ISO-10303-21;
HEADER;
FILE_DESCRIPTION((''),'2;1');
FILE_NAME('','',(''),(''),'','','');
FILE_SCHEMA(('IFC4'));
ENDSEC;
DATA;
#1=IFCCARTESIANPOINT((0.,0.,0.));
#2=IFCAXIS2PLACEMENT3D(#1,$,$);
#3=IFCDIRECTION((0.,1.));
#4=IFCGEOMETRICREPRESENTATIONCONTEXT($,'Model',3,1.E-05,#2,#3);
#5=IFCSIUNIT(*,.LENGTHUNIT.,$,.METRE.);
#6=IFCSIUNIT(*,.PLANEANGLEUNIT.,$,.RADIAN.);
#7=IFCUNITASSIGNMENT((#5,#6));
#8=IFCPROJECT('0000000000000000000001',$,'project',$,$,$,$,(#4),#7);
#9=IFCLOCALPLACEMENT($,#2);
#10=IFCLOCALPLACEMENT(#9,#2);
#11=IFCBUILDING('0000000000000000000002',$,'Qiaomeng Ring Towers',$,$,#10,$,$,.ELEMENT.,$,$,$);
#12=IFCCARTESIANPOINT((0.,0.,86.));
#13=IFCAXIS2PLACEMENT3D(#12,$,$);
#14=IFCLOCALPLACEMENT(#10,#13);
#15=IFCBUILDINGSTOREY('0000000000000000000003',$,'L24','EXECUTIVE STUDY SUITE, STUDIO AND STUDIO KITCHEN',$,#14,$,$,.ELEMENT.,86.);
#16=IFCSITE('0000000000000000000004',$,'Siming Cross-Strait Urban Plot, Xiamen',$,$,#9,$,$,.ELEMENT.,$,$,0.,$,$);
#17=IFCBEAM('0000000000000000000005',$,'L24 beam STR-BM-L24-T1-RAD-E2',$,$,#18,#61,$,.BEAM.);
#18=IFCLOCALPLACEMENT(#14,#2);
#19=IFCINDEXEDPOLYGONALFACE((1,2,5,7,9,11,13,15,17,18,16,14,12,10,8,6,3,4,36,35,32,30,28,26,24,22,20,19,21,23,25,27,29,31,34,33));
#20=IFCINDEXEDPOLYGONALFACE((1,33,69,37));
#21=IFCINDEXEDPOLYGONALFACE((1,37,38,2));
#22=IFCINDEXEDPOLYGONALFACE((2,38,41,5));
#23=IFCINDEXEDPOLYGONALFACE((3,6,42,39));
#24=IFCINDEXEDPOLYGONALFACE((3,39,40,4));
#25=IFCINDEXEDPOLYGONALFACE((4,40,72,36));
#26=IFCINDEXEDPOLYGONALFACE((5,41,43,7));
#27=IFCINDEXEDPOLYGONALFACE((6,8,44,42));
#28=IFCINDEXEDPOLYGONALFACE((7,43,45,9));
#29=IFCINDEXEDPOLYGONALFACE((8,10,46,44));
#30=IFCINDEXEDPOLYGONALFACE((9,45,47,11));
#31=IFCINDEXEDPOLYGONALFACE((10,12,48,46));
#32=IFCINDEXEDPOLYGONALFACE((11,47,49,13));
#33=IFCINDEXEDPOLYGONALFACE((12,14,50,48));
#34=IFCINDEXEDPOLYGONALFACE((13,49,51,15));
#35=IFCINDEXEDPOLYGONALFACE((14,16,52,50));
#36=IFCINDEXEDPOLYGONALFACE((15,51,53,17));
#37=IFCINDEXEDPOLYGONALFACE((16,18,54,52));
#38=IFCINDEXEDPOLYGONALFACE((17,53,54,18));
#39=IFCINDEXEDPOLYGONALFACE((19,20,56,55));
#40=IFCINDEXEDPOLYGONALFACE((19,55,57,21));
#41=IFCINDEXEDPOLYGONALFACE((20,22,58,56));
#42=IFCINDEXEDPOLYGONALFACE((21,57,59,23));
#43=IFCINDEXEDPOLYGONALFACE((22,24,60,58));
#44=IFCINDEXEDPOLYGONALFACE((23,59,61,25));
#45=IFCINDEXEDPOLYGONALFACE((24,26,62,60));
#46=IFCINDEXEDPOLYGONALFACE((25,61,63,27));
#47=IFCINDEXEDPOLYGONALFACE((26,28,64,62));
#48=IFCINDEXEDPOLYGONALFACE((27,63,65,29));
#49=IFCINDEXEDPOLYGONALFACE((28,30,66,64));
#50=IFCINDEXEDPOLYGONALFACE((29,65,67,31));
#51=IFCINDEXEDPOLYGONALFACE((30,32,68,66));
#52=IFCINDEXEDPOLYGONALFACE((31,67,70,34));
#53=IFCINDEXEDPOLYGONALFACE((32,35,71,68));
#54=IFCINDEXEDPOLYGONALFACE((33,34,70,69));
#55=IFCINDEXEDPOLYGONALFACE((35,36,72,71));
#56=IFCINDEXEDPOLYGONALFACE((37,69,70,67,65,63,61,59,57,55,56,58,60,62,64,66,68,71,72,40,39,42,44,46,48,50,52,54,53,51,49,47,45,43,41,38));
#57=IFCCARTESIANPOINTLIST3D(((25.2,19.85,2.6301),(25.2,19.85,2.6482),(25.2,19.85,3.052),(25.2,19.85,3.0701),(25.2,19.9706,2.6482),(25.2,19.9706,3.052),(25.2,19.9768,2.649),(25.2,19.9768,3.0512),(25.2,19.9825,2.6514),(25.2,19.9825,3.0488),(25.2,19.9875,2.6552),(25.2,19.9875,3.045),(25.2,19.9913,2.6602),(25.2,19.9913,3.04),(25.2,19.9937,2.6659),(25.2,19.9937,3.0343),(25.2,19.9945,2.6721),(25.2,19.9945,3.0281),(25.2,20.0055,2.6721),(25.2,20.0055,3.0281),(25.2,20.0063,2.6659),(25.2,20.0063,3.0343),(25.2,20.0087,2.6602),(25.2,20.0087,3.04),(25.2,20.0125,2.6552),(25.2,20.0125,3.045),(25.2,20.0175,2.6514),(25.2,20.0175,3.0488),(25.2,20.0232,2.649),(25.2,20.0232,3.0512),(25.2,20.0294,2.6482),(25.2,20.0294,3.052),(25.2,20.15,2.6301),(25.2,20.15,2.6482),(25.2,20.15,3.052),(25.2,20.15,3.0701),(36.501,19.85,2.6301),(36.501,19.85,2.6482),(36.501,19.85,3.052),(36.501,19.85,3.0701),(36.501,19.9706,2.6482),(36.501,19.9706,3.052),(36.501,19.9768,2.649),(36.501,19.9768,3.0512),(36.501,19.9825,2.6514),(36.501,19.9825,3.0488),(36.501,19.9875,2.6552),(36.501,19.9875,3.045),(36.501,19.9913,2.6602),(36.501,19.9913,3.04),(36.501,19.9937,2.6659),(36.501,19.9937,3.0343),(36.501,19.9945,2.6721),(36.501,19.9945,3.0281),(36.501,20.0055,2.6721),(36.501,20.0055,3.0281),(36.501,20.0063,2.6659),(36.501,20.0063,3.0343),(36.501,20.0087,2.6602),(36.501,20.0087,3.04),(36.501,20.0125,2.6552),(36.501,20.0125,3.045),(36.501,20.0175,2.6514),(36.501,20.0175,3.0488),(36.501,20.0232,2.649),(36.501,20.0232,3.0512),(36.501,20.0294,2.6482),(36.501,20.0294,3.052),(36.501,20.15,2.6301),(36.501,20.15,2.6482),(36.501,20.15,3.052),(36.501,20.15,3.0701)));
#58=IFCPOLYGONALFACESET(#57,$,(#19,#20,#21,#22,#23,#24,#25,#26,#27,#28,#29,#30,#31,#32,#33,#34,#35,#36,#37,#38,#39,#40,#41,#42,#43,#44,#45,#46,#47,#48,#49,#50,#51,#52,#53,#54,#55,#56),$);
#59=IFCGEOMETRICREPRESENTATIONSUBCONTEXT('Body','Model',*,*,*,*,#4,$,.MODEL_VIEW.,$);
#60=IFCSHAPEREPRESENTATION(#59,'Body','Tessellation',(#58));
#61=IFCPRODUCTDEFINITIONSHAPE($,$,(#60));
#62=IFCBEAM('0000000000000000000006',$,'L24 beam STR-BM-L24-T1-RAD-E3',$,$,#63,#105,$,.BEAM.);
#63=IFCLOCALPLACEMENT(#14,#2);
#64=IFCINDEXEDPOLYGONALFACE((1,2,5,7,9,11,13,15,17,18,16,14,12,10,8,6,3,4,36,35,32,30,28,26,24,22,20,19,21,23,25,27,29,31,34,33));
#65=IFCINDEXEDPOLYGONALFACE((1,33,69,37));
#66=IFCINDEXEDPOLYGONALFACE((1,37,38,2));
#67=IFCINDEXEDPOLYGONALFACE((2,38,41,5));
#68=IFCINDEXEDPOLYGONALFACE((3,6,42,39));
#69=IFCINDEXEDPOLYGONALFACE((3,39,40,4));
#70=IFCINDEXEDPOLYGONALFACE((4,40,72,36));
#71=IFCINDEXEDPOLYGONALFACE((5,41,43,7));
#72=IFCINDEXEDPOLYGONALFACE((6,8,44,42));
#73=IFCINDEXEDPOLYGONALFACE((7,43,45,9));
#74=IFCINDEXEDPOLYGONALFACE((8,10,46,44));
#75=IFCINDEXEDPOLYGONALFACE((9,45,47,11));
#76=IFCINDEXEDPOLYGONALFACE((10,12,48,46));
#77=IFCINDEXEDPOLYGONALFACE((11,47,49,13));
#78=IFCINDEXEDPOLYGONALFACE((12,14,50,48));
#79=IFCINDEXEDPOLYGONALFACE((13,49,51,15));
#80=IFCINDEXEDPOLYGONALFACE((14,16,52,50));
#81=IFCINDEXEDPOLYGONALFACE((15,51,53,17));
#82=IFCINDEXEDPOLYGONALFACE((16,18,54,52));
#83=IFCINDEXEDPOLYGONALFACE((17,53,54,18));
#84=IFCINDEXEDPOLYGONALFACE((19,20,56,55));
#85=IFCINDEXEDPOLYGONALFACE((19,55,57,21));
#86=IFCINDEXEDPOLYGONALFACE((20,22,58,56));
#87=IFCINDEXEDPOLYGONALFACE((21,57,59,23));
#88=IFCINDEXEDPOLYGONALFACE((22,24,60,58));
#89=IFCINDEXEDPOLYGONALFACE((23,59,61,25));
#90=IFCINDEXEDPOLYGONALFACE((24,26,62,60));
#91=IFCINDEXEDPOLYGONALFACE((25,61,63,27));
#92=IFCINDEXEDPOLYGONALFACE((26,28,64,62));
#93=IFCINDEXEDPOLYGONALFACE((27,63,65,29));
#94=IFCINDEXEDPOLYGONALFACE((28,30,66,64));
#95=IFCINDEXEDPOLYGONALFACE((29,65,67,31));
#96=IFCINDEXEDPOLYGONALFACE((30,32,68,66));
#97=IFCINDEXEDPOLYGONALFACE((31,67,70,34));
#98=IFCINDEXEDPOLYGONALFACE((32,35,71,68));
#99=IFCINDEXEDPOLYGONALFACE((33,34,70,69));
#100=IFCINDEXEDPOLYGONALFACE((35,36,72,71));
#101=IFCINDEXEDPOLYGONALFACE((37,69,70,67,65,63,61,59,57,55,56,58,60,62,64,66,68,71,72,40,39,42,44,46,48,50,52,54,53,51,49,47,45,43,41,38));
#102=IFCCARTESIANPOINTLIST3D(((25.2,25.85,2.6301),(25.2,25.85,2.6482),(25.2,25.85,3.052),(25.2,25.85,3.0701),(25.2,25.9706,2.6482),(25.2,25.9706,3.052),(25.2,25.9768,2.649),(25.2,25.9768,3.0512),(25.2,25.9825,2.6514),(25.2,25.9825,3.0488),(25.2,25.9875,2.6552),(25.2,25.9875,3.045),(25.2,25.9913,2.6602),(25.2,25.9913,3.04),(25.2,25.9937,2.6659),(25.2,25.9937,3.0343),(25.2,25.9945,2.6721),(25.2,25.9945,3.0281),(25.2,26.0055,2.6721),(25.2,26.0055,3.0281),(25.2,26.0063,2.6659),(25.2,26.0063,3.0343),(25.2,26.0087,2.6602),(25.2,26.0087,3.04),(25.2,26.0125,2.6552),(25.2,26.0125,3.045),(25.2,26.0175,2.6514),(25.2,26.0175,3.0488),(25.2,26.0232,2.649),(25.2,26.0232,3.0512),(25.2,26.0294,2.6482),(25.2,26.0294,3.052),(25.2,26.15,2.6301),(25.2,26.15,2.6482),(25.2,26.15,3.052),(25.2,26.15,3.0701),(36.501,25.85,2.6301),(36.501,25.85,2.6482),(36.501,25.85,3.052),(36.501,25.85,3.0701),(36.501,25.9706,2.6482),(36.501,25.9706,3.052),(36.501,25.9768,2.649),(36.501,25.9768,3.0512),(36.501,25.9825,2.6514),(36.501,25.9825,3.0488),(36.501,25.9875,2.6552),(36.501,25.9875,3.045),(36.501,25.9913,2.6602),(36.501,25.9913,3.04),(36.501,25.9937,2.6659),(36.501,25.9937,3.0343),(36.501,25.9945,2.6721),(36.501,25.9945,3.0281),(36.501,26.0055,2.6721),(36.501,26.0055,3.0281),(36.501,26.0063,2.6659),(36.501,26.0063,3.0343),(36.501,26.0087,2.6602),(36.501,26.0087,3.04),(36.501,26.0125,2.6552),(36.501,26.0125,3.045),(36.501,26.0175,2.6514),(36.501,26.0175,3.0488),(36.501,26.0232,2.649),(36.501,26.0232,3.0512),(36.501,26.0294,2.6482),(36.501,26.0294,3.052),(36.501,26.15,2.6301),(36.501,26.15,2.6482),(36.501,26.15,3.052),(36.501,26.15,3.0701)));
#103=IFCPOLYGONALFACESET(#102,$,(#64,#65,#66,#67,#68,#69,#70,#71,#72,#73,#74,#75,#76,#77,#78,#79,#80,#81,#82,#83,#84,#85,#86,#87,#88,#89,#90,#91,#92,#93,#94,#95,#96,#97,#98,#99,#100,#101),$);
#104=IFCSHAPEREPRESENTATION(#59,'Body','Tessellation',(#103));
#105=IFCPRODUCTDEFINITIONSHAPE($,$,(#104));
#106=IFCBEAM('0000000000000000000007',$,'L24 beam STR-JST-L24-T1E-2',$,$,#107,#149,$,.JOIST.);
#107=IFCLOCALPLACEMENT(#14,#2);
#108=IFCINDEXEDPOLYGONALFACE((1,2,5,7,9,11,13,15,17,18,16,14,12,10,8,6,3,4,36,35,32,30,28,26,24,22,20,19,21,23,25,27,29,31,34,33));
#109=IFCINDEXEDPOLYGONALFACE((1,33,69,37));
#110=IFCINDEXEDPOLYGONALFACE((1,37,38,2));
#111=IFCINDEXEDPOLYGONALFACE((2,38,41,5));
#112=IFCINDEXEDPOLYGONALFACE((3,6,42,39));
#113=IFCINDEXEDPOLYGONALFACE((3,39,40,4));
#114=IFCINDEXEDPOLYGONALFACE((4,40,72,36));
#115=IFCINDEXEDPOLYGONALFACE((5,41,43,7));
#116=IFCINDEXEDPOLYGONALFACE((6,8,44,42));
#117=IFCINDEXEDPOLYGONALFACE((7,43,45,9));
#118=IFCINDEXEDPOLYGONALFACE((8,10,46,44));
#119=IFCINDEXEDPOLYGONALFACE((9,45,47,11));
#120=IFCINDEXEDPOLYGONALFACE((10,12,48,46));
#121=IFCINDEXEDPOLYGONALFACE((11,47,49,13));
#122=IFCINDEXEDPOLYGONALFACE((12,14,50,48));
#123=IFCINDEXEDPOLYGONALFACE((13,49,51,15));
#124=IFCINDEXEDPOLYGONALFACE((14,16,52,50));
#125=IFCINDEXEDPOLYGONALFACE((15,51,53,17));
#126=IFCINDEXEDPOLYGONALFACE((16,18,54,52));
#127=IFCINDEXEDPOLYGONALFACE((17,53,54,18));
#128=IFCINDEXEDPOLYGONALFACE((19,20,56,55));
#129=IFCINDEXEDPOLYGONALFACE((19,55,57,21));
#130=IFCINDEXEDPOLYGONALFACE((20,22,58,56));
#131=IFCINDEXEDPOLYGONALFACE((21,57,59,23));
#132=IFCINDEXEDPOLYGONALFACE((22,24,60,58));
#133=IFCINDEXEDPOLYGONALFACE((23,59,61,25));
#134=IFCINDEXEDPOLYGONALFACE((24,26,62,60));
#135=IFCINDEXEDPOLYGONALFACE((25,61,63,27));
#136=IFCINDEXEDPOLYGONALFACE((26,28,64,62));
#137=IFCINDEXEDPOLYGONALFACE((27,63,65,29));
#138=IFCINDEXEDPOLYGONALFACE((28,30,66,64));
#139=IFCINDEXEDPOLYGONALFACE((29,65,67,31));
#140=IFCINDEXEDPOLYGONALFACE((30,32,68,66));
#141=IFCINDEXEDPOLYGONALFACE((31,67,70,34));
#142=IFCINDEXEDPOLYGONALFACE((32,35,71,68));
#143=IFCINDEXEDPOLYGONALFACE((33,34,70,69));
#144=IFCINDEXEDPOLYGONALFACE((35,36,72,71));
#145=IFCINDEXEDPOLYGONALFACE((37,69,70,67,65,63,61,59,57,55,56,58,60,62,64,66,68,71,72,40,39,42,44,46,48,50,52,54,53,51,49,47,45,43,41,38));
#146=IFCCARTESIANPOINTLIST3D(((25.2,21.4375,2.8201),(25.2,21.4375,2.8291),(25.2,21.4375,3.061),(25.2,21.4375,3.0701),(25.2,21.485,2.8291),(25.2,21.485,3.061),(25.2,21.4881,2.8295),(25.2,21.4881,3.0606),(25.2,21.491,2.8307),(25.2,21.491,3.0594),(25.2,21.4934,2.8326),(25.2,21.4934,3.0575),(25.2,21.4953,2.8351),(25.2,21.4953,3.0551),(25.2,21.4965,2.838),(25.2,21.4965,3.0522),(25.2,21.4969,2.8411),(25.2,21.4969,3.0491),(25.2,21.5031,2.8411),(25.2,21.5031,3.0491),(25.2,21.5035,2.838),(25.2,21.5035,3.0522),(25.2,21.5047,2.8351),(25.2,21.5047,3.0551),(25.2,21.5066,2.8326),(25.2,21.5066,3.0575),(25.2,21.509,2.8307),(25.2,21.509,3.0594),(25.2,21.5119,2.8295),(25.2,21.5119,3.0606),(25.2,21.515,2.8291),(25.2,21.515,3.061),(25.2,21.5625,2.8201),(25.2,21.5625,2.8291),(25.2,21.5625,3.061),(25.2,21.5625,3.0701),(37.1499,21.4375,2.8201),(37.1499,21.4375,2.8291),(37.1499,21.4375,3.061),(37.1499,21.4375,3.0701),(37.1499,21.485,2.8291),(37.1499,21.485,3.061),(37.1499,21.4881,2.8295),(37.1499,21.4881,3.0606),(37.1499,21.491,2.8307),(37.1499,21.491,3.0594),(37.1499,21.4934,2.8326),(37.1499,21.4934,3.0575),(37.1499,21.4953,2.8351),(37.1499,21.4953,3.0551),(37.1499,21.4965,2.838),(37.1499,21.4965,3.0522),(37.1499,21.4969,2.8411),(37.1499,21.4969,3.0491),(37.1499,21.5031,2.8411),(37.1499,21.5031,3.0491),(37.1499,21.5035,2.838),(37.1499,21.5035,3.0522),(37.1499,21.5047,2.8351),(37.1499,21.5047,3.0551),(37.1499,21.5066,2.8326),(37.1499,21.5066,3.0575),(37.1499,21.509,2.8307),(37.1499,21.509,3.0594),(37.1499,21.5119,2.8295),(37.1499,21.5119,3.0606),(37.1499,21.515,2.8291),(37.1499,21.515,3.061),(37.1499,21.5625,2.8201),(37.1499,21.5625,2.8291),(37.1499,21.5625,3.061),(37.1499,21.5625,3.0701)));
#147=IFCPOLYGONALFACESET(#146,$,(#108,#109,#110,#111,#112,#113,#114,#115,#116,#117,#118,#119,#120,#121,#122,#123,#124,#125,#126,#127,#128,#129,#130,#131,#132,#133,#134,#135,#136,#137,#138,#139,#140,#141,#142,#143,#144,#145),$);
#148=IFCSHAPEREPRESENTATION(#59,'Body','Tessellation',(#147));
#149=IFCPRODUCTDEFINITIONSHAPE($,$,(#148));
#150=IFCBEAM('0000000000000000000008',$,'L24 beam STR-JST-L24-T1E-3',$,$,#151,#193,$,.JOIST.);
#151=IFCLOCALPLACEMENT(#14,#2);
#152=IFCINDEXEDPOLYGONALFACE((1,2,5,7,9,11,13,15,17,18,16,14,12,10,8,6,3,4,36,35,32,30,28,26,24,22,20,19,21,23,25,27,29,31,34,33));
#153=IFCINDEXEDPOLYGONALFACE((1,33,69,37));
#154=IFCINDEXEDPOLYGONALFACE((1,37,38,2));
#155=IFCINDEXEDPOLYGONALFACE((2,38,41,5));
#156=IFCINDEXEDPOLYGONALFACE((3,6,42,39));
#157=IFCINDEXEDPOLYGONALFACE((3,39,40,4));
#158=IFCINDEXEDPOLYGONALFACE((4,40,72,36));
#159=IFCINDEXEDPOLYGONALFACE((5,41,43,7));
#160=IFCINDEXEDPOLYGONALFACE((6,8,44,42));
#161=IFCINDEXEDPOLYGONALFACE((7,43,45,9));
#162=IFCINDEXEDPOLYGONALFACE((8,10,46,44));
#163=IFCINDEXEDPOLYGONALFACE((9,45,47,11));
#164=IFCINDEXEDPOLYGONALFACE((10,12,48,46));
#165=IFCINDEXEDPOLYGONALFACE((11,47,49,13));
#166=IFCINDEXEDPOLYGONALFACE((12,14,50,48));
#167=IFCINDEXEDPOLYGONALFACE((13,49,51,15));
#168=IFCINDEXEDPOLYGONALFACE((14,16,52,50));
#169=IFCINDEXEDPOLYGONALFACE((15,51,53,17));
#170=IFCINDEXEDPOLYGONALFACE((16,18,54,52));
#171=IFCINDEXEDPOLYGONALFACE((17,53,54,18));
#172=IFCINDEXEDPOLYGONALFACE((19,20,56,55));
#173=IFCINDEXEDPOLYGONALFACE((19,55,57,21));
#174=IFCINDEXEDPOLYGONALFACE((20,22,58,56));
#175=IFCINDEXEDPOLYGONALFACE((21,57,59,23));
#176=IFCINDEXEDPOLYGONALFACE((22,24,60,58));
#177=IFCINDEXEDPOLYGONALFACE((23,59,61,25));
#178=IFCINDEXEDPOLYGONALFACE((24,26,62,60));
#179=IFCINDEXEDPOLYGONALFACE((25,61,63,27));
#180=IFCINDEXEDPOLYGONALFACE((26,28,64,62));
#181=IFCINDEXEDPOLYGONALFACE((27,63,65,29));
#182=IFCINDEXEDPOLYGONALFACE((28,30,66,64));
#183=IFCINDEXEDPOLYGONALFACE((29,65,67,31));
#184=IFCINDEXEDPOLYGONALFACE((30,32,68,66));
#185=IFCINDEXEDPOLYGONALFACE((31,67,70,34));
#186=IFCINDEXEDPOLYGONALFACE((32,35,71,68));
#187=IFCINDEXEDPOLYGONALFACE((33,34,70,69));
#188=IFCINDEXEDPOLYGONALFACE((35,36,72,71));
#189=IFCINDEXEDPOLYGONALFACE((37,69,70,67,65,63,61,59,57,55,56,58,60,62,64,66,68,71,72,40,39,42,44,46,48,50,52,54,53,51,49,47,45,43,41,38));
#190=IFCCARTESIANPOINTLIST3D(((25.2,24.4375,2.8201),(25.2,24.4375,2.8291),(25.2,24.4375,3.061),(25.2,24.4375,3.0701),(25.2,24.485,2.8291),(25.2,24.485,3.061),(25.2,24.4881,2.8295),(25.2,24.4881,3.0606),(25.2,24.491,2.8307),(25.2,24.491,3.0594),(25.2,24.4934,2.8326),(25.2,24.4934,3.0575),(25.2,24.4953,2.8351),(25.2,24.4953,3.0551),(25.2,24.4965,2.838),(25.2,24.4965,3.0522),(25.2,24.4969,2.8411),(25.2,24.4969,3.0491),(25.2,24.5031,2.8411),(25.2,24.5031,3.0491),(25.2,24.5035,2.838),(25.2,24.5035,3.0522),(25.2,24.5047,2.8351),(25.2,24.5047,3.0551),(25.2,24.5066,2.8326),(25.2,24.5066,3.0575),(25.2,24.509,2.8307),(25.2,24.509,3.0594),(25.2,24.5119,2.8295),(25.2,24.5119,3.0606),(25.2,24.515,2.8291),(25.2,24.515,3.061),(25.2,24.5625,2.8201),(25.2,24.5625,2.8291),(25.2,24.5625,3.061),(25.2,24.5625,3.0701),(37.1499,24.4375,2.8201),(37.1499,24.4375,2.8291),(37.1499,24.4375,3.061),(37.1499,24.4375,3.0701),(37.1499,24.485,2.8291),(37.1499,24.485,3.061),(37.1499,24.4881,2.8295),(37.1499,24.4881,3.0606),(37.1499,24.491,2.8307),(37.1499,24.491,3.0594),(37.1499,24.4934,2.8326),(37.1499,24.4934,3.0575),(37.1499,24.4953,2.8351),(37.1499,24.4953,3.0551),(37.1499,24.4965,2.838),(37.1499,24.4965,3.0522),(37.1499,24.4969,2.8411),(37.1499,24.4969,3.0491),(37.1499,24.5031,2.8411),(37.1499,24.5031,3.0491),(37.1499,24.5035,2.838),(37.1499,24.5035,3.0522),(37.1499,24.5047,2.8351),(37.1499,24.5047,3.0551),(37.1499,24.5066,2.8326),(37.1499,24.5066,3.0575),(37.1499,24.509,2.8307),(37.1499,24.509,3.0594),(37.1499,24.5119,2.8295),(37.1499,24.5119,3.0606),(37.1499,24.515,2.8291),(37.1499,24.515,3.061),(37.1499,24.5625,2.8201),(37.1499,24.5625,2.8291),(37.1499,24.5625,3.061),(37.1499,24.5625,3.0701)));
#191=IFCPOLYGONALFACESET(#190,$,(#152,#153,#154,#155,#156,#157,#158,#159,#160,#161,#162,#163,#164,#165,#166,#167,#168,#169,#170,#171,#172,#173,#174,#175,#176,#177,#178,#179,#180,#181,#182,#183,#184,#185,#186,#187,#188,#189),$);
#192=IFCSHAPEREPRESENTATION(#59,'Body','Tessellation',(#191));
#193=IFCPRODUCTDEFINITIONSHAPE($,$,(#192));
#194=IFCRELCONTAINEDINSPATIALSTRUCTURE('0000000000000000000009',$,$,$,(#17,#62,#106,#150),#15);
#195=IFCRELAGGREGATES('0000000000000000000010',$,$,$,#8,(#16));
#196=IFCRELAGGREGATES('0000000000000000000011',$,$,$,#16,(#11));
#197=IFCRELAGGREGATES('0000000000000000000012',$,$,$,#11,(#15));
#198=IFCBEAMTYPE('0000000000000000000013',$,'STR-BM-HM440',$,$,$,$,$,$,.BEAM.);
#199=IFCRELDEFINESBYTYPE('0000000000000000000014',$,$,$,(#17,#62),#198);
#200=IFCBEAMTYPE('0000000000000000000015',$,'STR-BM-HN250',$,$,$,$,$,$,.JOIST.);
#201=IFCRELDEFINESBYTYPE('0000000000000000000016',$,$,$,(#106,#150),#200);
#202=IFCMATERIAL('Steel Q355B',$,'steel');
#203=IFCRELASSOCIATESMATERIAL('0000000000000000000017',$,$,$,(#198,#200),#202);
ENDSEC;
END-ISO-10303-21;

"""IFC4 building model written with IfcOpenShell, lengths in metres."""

from ifc_helpers import new_model, si_unit, direction, frame, origin, origin_2d, place, context, subcontext, project, spatial, i_section, extrude, source, transform, mapped, material, material_profile, profile_set, type_object, element, save


model = new_model("IFC4")

# Units and contexts
model_context = context("Model", 3, precision=1e-05, world=origin(), true_north=direction((0.0, 1.0)))
body_context = subcontext(model_context, "Body", "Model", "MODEL_VIEW")
ifc_project = project(units=[si_unit("LENGTHUNIT", "METRE"), si_unit("PLANEANGLEUNIT", "RADIAN")], contexts=[model_context])

# Site, building, storey
site_placement = place(None, origin())
site = spatial("IfcSite", under=ifc_project, at=site_placement, Name="Siming Cross-Strait Urban Plot, Xiamen", CompositionType="ELEMENT", RefElevation=0.0)
building_placement = place(site_placement, origin())
building = spatial("IfcBuilding", under=site, at=building_placement, Name="Qiaomeng Ring Towers", CompositionType="ELEMENT")
storey_placement = place(building_placement, frame((0.0, 0.0, 86.0)))
storey = spatial("IfcBuildingStorey", under=building, at=storey_placement, Name="L24", Description="EXECUTIVE STUDY SUITE, STUDIO AND STUDIO KITCHEN", CompositionType="ELEMENT", Elevation=86.0)

# Beams
ifc_material_1 = material(Name="Steel Q355B", Category="steel")
ifc_material_profile_1 = material_profile(ifc_material_1, i_section(OverallWidth=0.3, OverallDepth=0.4399, WebThickness=0.011, FlangeThickness=0.0181, FilletRadius=0.0239, at=origin_2d()), Name="HM 440x300x11x18")
ifc_profile_set_1 = profile_set([ifc_material_profile_1], Name="Steel Q355B")
beam_type_1 = type_object("IfcBeamType", Name="STR-BM-HM440", PredefinedType="BEAM", material=ifc_profile_set_1)
shared_shape_1 = source(origin(), body_context, "Body", "SweptSolid", [
    extrude(i_section(OverallWidth=0.3, OverallDepth=0.4399, WebThickness=0.011, FlangeThickness=0.0181, FilletRadius=0.0239, at=origin_2d()), origin(), (0.0, 0.0, 1.0), 11.301),
])
for number, where, z_axis, x_axis, name in (
    (1, (25.2, 20.0, 2.8501), (1.0, 0.0, 0.0), (0.0, 1.0, 0.0), "L24 beam STR-BM-L24-T1-RAD-E2"),
    (2, (25.2, 26.0, 2.8501), (1.0, 0.0, 0.0), (0.0, 1.0, 0.0), "L24 beam STR-BM-L24-T1-RAD-E3"),
):
    element("IfcBeam", number, at=place(storey_placement, frame(where, z_axis=z_axis, x_axis=x_axis)), inside=storey, type_object=beam_type_1, Name=name, PredefinedType="BEAM", context=body_context, shape_type="MappedRepresentation", body=[
        mapped(shared_shape_1, transform((0.0, 0.0, 0.0), x_axis=(1.0, 0.0, 0.0), y_axis=(0.0, 1.0, 0.0), z_axis=(0.0, 0.0, 1.0), scale=1.0)),
    ])
ifc_material_profile_2 = material_profile(ifc_material_1, i_section(OverallWidth=0.125, OverallDepth=0.25, WebThickness=0.0061, FlangeThickness=0.009, FilletRadius=0.012, at=origin_2d()), Name="HN 250x125x6x9")
ifc_profile_set_2 = profile_set([ifc_material_profile_2], Name="Steel Q355B")
beam_type_2 = type_object("IfcBeamType", Name="STR-BM-HN250", PredefinedType="JOIST", material=ifc_profile_set_2)
shared_shape_2 = source(origin(), body_context, "Body", "SweptSolid", [
    extrude(i_section(OverallWidth=0.125, OverallDepth=0.25, WebThickness=0.0061, FlangeThickness=0.009, FilletRadius=0.012, at=origin_2d()), origin(), (0.0, 0.0, 1.0), 11.95),
])
for number, where, z_axis, x_axis, name in (
    (3, (25.2, 21.5, 2.9451), (1.0, 0.0, 0.0), (0.0, 1.0, 0.0), "L24 beam STR-JST-L24-T1E-2"),
    (4, (25.2, 24.5, 2.9451), (1.0, 0.0, 0.0), (0.0, 1.0, 0.0), "L24 beam STR-JST-L24-T1E-3"),
):
    element("IfcBeam", number, at=place(storey_placement, frame(where, z_axis=z_axis, x_axis=x_axis)), inside=storey, type_object=beam_type_2, Name=name, PredefinedType="JOIST", context=body_context, shape_type="MappedRepresentation", body=[
        mapped(shared_shape_2, transform((0.0, 0.0, 0.0), x_axis=(1.0, 0.0, 0.0), y_axis=(0.0, 1.0, 0.0), z_axis=(0.0, 0.0, 1.0), scale=1.0)),
    ])

save(model, "model.ifc")
